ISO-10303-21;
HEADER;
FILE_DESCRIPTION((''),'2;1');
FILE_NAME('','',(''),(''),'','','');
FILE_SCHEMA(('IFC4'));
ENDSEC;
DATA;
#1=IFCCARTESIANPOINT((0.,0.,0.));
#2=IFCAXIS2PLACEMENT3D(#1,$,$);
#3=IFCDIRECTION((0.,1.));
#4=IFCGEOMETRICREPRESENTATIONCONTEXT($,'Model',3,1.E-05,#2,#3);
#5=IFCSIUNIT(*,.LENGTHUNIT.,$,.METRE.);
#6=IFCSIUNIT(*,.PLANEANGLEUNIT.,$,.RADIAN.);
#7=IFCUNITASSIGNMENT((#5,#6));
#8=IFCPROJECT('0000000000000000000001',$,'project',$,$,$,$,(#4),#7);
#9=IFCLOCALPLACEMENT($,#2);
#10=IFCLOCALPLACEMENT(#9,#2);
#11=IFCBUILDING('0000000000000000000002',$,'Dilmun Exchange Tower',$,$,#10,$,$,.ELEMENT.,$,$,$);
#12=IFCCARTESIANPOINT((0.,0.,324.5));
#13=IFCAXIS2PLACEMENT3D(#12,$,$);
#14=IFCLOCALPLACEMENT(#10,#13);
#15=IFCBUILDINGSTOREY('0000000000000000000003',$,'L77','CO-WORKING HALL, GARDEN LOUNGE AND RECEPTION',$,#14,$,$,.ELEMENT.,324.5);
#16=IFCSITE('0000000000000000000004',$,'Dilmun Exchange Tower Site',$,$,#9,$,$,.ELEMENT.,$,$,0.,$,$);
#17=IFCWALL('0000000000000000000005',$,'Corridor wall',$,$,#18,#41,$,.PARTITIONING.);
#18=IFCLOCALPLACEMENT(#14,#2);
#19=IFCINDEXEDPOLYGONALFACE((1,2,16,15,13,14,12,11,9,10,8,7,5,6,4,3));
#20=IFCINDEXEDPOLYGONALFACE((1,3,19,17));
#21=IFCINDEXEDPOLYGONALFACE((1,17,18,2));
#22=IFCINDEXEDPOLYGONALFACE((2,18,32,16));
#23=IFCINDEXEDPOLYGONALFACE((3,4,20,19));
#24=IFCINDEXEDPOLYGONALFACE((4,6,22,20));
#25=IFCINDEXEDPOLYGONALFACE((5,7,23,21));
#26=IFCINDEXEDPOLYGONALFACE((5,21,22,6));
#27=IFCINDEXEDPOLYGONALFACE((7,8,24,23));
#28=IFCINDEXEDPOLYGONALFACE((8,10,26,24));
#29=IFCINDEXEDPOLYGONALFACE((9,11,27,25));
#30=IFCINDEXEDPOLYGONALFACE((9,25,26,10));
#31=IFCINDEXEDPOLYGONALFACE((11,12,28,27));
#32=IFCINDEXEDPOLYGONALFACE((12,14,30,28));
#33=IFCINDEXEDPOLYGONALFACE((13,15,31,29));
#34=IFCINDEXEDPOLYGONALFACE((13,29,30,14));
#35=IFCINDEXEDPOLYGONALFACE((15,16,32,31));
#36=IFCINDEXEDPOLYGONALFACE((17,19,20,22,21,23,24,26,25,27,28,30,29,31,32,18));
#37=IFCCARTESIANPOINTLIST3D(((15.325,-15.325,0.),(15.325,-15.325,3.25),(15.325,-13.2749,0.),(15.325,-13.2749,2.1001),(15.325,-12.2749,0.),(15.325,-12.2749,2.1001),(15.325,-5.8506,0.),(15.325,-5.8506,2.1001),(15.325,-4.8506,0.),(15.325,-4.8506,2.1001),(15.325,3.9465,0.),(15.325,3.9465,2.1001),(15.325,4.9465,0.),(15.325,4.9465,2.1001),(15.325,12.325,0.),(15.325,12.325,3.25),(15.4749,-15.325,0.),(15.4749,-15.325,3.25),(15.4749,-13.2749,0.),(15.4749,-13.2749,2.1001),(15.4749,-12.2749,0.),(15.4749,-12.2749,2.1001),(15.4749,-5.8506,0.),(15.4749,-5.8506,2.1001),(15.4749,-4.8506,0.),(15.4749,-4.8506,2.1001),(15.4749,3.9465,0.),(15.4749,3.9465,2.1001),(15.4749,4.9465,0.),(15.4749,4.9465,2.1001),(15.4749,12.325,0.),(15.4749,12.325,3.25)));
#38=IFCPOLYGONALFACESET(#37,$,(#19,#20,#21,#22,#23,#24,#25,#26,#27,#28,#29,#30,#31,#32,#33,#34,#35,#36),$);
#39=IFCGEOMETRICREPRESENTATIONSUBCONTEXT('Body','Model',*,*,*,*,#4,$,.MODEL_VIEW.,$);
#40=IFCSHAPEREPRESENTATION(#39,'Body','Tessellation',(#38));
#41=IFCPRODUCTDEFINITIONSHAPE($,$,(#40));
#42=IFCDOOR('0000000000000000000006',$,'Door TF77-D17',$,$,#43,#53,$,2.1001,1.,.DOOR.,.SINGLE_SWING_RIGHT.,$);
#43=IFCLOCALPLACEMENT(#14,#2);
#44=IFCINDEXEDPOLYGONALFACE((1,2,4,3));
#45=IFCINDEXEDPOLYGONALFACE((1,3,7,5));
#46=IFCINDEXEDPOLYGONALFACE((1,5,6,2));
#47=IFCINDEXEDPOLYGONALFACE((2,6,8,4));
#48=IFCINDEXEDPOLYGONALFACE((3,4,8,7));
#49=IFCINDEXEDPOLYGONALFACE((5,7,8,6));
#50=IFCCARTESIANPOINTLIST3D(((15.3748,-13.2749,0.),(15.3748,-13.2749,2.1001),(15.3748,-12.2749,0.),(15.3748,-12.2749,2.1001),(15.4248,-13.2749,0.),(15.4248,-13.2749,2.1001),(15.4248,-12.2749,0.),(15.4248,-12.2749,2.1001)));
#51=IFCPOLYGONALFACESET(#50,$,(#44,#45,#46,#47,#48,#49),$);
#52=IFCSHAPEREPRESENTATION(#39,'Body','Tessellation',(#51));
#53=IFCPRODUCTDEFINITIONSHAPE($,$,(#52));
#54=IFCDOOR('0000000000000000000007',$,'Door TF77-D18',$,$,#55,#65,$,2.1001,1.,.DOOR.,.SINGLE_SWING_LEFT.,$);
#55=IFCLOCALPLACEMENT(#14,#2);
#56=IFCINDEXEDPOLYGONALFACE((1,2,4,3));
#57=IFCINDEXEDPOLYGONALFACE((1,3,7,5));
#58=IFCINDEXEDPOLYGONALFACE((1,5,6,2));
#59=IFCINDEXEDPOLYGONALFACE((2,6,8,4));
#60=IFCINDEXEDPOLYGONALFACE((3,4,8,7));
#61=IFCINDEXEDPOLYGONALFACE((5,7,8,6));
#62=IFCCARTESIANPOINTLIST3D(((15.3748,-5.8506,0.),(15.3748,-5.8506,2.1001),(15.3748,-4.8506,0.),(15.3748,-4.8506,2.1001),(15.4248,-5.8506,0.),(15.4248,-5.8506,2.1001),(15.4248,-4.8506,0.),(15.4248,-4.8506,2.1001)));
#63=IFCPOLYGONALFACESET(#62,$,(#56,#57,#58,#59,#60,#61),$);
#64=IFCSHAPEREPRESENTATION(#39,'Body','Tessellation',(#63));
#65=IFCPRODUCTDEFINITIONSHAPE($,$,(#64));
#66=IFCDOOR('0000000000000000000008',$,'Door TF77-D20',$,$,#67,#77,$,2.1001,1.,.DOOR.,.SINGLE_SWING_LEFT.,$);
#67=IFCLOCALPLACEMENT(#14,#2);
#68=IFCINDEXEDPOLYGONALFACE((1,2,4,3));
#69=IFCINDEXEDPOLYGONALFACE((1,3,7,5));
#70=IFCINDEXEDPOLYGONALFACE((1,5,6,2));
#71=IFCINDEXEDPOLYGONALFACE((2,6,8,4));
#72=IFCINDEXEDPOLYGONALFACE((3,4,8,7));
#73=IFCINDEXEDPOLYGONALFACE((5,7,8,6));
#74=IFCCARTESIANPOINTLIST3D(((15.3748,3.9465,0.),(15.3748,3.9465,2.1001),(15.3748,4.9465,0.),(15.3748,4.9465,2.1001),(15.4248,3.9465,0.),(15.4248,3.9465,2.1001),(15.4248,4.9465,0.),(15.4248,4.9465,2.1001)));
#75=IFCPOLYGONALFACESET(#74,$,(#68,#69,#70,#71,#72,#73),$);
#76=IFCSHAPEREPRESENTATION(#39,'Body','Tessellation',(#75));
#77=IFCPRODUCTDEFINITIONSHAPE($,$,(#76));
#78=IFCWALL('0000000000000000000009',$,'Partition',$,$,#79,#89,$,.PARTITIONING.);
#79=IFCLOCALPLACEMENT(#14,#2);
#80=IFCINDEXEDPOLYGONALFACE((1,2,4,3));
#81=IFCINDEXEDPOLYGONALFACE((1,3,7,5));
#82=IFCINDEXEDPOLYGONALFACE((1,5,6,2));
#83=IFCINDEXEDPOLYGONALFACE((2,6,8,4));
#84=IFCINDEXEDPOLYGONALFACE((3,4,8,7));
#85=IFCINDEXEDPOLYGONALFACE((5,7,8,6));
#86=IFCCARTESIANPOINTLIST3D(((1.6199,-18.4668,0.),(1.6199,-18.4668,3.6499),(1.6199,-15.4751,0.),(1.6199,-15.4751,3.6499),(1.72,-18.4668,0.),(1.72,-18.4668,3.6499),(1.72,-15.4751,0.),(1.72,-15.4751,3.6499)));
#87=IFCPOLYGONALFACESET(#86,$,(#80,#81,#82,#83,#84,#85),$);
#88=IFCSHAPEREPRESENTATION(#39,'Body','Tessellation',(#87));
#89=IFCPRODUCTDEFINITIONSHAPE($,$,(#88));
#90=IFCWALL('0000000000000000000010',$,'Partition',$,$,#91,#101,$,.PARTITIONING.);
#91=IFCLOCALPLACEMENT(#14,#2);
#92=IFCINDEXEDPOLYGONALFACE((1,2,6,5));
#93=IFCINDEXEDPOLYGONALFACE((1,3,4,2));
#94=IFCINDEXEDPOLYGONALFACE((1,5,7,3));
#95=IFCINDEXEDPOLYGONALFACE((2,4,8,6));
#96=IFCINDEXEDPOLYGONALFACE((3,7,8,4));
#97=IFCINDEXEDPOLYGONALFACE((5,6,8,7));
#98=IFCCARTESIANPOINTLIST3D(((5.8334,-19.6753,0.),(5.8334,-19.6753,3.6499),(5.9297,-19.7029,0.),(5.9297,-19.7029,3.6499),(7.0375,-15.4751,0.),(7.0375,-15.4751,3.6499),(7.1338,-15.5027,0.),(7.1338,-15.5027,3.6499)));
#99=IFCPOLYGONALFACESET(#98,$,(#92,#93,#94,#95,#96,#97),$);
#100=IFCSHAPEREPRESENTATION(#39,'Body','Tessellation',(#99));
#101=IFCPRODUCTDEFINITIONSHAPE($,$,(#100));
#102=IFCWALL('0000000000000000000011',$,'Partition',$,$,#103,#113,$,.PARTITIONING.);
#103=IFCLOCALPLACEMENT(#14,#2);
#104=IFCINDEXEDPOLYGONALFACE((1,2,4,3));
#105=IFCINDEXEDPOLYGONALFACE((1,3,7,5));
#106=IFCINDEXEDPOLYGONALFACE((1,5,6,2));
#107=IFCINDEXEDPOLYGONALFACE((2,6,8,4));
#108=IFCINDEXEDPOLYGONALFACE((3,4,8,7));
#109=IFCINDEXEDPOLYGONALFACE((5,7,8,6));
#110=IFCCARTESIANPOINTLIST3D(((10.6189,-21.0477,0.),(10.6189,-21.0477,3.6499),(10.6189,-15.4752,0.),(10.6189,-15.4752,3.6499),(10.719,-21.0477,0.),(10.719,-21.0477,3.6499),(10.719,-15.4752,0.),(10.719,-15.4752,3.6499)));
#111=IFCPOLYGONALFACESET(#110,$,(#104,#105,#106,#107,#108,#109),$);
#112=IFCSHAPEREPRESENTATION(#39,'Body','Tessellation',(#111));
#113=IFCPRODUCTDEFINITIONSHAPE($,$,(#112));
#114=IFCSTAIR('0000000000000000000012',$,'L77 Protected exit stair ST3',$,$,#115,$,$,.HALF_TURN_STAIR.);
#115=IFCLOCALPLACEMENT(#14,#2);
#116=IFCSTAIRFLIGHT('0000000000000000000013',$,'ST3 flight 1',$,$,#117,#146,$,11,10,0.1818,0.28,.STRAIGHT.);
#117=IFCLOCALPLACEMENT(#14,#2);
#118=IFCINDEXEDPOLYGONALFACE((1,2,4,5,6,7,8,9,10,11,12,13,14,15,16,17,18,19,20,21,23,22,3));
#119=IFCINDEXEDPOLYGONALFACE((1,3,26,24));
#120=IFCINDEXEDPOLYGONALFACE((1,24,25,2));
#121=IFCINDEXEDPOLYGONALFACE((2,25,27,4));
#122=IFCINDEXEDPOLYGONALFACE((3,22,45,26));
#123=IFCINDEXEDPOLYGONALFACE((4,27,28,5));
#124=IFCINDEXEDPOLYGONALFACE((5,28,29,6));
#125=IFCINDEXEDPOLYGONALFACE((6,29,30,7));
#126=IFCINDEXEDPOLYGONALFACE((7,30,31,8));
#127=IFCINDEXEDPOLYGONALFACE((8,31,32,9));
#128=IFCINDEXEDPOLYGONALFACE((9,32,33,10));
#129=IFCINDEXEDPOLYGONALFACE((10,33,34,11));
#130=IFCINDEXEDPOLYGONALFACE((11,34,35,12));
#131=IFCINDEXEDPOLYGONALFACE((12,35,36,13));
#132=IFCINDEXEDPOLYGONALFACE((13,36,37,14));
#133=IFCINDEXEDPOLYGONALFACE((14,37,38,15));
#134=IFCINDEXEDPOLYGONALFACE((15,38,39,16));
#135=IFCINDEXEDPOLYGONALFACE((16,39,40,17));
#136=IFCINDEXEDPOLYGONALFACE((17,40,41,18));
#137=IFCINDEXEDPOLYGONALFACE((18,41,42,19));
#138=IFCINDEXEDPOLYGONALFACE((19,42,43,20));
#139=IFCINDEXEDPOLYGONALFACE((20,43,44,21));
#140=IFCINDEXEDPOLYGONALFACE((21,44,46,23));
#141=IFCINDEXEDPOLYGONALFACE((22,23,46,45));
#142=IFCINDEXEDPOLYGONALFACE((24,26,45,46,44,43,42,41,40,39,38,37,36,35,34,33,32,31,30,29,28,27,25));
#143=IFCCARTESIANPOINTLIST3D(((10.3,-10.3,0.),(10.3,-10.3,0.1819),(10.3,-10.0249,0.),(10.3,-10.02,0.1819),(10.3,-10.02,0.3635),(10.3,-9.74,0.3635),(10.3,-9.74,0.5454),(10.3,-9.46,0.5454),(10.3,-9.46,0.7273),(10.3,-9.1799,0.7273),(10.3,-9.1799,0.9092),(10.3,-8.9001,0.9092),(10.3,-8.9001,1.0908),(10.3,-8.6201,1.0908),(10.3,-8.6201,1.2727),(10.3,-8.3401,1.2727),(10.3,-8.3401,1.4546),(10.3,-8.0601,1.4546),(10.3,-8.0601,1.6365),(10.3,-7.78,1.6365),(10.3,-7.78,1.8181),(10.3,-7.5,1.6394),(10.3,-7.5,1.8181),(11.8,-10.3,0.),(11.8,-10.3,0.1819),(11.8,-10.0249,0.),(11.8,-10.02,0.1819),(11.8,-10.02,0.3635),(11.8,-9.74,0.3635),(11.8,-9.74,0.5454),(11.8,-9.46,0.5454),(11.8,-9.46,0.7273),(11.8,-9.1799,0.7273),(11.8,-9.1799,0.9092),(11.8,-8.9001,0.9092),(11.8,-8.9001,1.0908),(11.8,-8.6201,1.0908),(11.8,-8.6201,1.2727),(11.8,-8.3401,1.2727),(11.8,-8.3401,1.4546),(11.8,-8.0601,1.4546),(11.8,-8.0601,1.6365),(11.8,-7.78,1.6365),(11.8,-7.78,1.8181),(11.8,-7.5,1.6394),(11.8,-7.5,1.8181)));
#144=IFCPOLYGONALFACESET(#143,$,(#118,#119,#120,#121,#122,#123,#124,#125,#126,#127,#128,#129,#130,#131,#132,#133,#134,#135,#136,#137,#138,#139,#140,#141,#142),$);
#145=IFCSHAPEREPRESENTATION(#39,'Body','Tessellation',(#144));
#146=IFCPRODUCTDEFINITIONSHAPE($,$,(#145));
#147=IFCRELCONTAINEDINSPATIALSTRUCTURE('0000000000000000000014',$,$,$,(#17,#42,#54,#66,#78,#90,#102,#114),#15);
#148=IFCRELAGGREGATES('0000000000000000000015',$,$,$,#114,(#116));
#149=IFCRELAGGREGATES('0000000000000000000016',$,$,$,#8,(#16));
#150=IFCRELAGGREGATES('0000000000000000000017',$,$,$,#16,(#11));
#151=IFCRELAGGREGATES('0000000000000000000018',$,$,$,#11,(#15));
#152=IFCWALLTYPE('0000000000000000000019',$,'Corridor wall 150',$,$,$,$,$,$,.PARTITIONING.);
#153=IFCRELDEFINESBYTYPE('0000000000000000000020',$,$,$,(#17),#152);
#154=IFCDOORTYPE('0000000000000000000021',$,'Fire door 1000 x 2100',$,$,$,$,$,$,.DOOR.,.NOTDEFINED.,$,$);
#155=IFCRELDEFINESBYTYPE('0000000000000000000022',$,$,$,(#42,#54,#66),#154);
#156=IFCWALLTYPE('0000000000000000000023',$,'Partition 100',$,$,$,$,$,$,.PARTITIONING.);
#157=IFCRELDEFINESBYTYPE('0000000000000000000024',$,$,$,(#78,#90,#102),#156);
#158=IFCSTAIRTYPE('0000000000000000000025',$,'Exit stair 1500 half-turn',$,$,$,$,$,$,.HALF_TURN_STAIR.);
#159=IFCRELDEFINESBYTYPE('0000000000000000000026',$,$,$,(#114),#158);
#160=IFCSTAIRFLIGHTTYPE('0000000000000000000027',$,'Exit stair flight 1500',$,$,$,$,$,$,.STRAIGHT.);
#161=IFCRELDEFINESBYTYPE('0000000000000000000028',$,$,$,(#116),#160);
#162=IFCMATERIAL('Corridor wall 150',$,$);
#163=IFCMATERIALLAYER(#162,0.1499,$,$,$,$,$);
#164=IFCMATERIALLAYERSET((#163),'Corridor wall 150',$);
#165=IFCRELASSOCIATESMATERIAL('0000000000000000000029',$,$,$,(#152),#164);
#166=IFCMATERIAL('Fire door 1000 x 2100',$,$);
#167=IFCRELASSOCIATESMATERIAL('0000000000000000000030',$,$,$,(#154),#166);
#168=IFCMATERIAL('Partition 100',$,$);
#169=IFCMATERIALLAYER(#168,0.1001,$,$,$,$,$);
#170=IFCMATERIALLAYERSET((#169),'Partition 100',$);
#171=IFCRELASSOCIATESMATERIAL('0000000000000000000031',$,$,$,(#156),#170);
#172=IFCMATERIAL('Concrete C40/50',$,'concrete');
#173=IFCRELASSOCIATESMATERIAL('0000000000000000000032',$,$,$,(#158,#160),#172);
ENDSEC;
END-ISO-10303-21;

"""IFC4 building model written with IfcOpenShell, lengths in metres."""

from ifc_helpers import new_model, si_unit, direction, frame, frame_2d, origin, place, context, subcontext, project, spatial, polyline, rectangle, outline, extrude, material, layer, layer_set, type_object, element, fill, aggregate, save


model = new_model("IFC4")

# Units and contexts
model_context = context("Model", 3, precision=1e-05, world=origin(), true_north=direction((0.0, 1.0)))
body_context = subcontext(model_context, "Body", "Model", "MODEL_VIEW")
ifc_project = project(units=[si_unit("LENGTHUNIT", "METRE"), si_unit("PLANEANGLEUNIT", "RADIAN")], contexts=[model_context])

# Site, building, storey
site_placement = place(None, origin())
site = spatial("IfcSite", under=ifc_project, at=site_placement, Name="Dilmun Exchange Tower Site", CompositionType="ELEMENT", RefElevation=0.0)
building_placement = place(site_placement, origin())
building = spatial("IfcBuilding", under=site, at=building_placement, Name="Dilmun Exchange Tower", CompositionType="ELEMENT")
storey_placement = place(building_placement, frame((0.0, 0.0, 324.5)))
storey = spatial("IfcBuildingStorey", under=building, at=storey_placement, Name="L77", Description="CO-WORKING HALL, GARDEN LOUNGE AND RECEPTION", CompositionType="ELEMENT", Elevation=324.5)

# Shared definitions
ifc_material_1 = material(Name="Concrete C40/50", Category="concrete")

# Wall, openings, doors
ifc_material_2 = material(Name="Corridor wall 150")
ifc_layer_1 = layer(ifc_material_2, 0.1499)
ifc_layer_set_1 = layer_set([ifc_layer_1], Name="Corridor wall 150")
wall_type_1 = type_object("IfcWallType", Name="Corridor wall 150", PredefinedType="PARTITIONING", material=ifc_layer_set_1)
ifc_material_3 = material(Name="Fire door 1000 x 2100")
door_type_1 = type_object("IfcDoorType", Name="Fire door 1000 x 2100", OperationType="NOTDEFINED", PredefinedType="DOOR", material=ifc_material_3)
wall_1_placement = place(storey_placement, frame((15.3999, -15.325, 0.0), z_axis=(0.0, 0.0, 1.0), x_axis=(0.0, 1.0, 0.0)))
wall_1 = element("IfcWall", 1, at=wall_1_placement, inside=storey, type_object=wall_type_1, Name="Corridor wall", PredefinedType="PARTITIONING", context=body_context, shape_type="SweptSolid", body=[
    extrude(rectangle(XDim=27.6499, YDim=0.1499, at=frame_2d((13.825, 0.0))), origin(), (0.0, 0.0, 1.0), 3.25),
])
opening_1_placement = place(wall_1_placement, frame((2.05, 0.0, 0.0)))
opening_1 = element("IfcOpeningElement", 2, at=opening_1_placement, cuts=wall_1, PredefinedType="OPENING", context=body_context, shape_type="SweptSolid", body=[
    extrude(rectangle(XDim=1.0, YDim=2.1001, at=frame_2d((0.5, 1.05))), frame((0.0, 0.085, 0.0), z_axis=(0.0, -1.0, 0.0), x_axis=(1.0, 0.0, 0.0)), (0.0, 0.0, 1.0), 0.1699),
])
opening_2_placement = place(wall_1_placement, frame((9.4744, 0.0, 0.0)))
opening_2 = element("IfcOpeningElement", 3, at=opening_2_placement, cuts=wall_1, PredefinedType="OPENING", context=body_context, shape_type="SweptSolid", body=[
    extrude(rectangle(XDim=1.0, YDim=2.1001, at=frame_2d((0.5, 1.05))), frame((0.0, 0.085, 0.0), z_axis=(0.0, -1.0, 0.0), x_axis=(1.0, 0.0, 0.0)), (0.0, 0.0, 1.0), 0.1699),
])
opening_3_placement = place(wall_1_placement, frame((19.2715, 0.0, 0.0)))
opening_3 = element("IfcOpeningElement", 4, at=opening_3_placement, cuts=wall_1, PredefinedType="OPENING", context=body_context, shape_type="SweptSolid", body=[
    extrude(rectangle(XDim=1.0, YDim=2.1001, at=frame_2d((0.5, 1.05))), frame((0.0, 0.085, 0.0), z_axis=(0.0, -1.0, 0.0), x_axis=(1.0, 0.0, 0.0)), (0.0, 0.0, 1.0), 0.1699),
])
door_1_placement = place(opening_1_placement, frame((1.0, 0.0, 0.0), z_axis=(0.0, 0.0, 1.0), x_axis=(-1.0, 0.0, 0.0)))
door_1 = element("IfcDoor", 5, at=door_1_placement, inside=storey, type_object=door_type_1, Name="Door TF77-D17", OperationType="SINGLE_SWING_RIGHT", OverallHeight=2.1001, OverallWidth=1.0, PredefinedType="DOOR", context=body_context, shape_type="SweptSolid", body=[
    extrude(rectangle(XDim=1.0, YDim=2.1001, at=frame_2d((0.5, 1.05))), frame((0.0, 0.0249, 0.0), z_axis=(0.0, -1.0, 0.0), x_axis=(1.0, 0.0, 0.0)), (0.0, 0.0, 1.0), 0.05),
])
fill(opening_1, door_1)
door_2_placement = place(opening_2_placement, frame((1.0, 0.0, 0.0), z_axis=(0.0, 0.0, 1.0), x_axis=(-1.0, 0.0, 0.0)))
door_2 = element("IfcDoor", 6, at=door_2_placement, inside=storey, type_object=door_type_1, Name="Door TF77-D18", OperationType="SINGLE_SWING_LEFT", OverallHeight=2.1001, OverallWidth=1.0, PredefinedType="DOOR", context=body_context, shape_type="SweptSolid", body=[
    extrude(rectangle(XDim=1.0, YDim=2.1001, at=frame_2d((0.5, 1.05))), frame((0.0, 0.0249, 0.0), z_axis=(0.0, -1.0, 0.0), x_axis=(1.0, 0.0, 0.0)), (0.0, 0.0, 1.0), 0.05),
])
fill(opening_2, door_2)
door_3_placement = place(opening_3_placement, frame((1.0, 0.0, 0.0), z_axis=(0.0, 0.0, 1.0), x_axis=(-1.0, 0.0, 0.0)))
door_3 = element("IfcDoor", 7, at=door_3_placement, inside=storey, type_object=door_type_1, Name="Door TF77-D20", OperationType="SINGLE_SWING_LEFT", OverallHeight=2.1001, OverallWidth=1.0, PredefinedType="DOOR", context=body_context, shape_type="SweptSolid", body=[
    extrude(rectangle(XDim=1.0, YDim=2.1001, at=frame_2d((0.5, 1.05))), frame((0.0, 0.0249, 0.0), z_axis=(0.0, -1.0, 0.0), x_axis=(1.0, 0.0, 0.0)), (0.0, 0.0, 1.0), 0.05),
])
fill(opening_3, door_3)

# Walls
ifc_material_4 = material(Name="Partition 100")
ifc_layer_2 = layer(ifc_material_4, 0.1001)
ifc_layer_set_2 = layer_set([ifc_layer_2], Name="Partition 100")
wall_type_2 = type_object("IfcWallType", Name="Partition 100", PredefinedType="PARTITIONING", material=ifc_layer_set_2)
wall_2_placement = place(storey_placement, frame((1.6699, -18.4668, 0.0), z_axis=(0.0, 0.0, 1.0), x_axis=(0.0, 1.0, 0.0)))
element("IfcWall", 8, at=wall_2_placement, inside=storey, type_object=wall_type_2, Name="Partition", PredefinedType="PARTITIONING", context=body_context, shape_type="SweptSolid", body=[
    extrude(rectangle(XDim=2.9917, YDim=0.1001, at=frame_2d((1.4958, 0.0))), origin(), (0.0, 0.0, 1.0), 3.6499),
])
wall_3_placement = place(storey_placement, frame((5.8816, -19.689, 0.0), z_axis=(0.0, 0.0, 1.0), x_axis=(0.275577, 0.961279, 0.0)))
element("IfcWall", 9, at=wall_3_placement, inside=storey, type_object=wall_type_2, Name="Partition", PredefinedType="PARTITIONING", context=body_context, shape_type="SweptSolid", body=[
    extrude(rectangle(XDim=4.3694, YDim=0.1001, at=frame_2d((2.1846, 0.0))), origin(), (0.0, 0.0, 1.0), 3.6499),
])
wall_4_placement = place(storey_placement, frame((10.6689, -21.0476, 0.0), z_axis=(0.0, 0.0, 1.0), x_axis=(0.0, 1.0, 0.0)))
element("IfcWall", 10, at=wall_4_placement, inside=storey, type_object=wall_type_2, Name="Partition", PredefinedType="PARTITIONING", context=body_context, shape_type="SweptSolid", body=[
    extrude(rectangle(XDim=5.5725, YDim=0.1001, at=frame_2d((2.7861, 0.0))), origin(), (0.0, 0.0, 1.0), 3.6499),
])

# Stair, stair flight
stair_type = type_object("IfcStairType", Name="Exit stair 1500 half-turn", PredefinedType="HALF_TURN_STAIR", material=ifc_material_1)
stair_placement = place(storey_placement, origin())
stair = element("IfcStair", 11, at=stair_placement, inside=storey, type_object=stair_type, Name="L77 Protected exit stair ST3", PredefinedType="HALF_TURN_STAIR")
stair_flight_type = type_object("IfcStairFlightType", Name="Exit stair flight 1500", PredefinedType="STRAIGHT", material=ifc_material_1)
stair_flight_placement = place(storey_placement, frame((11.05, -10.3, 0.0), z_axis=(0.0, 0.0, 1.0), x_axis=(0.0, 1.0, 0.0)))
stair_flight = element("IfcStairFlight", 12, at=stair_flight_placement, type_object=stair_flight_type, Name="ST3 flight 1", NumberOfRisers=11, NumberOfTreads=10, PredefinedType="STRAIGHT", RiserHeight=0.1818, TreadLength=0.28, context=body_context, shape_type="SweptSolid", body=[
    extrude(outline(polyline([(0.0, 0.0), (0.0, 0.1819), (0.28, 0.1819), (0.28, 0.3635), (0.5601, 0.3635), (0.5601, 0.5454), (0.8401, 0.5454), (0.8401, 0.7273), (1.1201, 0.7273), (1.1201, 0.9092), (1.3999, 0.9092), (1.3999, 1.0908), (1.6799, 1.0908), (1.6799, 1.2727), (1.96, 1.2727), (1.96, 1.4546), (2.24, 1.4546), (2.24, 1.6365), (2.52, 1.6365), (2.52, 1.8181), (2.8, 1.8181), (2.8, 2.0), (2.8, 1.6394), (0.2751, 0.0), (0.0, 0.0)])), frame((0.0, 0.75, 0.0), z_axis=(0.0, -1.0, 0.0), x_axis=(1.0, 0.0, 0.0)), (0.0, 0.0, 1.0), 1.5),
])
aggregate(stair, [stair_flight])

save(model, "model.ifc")
